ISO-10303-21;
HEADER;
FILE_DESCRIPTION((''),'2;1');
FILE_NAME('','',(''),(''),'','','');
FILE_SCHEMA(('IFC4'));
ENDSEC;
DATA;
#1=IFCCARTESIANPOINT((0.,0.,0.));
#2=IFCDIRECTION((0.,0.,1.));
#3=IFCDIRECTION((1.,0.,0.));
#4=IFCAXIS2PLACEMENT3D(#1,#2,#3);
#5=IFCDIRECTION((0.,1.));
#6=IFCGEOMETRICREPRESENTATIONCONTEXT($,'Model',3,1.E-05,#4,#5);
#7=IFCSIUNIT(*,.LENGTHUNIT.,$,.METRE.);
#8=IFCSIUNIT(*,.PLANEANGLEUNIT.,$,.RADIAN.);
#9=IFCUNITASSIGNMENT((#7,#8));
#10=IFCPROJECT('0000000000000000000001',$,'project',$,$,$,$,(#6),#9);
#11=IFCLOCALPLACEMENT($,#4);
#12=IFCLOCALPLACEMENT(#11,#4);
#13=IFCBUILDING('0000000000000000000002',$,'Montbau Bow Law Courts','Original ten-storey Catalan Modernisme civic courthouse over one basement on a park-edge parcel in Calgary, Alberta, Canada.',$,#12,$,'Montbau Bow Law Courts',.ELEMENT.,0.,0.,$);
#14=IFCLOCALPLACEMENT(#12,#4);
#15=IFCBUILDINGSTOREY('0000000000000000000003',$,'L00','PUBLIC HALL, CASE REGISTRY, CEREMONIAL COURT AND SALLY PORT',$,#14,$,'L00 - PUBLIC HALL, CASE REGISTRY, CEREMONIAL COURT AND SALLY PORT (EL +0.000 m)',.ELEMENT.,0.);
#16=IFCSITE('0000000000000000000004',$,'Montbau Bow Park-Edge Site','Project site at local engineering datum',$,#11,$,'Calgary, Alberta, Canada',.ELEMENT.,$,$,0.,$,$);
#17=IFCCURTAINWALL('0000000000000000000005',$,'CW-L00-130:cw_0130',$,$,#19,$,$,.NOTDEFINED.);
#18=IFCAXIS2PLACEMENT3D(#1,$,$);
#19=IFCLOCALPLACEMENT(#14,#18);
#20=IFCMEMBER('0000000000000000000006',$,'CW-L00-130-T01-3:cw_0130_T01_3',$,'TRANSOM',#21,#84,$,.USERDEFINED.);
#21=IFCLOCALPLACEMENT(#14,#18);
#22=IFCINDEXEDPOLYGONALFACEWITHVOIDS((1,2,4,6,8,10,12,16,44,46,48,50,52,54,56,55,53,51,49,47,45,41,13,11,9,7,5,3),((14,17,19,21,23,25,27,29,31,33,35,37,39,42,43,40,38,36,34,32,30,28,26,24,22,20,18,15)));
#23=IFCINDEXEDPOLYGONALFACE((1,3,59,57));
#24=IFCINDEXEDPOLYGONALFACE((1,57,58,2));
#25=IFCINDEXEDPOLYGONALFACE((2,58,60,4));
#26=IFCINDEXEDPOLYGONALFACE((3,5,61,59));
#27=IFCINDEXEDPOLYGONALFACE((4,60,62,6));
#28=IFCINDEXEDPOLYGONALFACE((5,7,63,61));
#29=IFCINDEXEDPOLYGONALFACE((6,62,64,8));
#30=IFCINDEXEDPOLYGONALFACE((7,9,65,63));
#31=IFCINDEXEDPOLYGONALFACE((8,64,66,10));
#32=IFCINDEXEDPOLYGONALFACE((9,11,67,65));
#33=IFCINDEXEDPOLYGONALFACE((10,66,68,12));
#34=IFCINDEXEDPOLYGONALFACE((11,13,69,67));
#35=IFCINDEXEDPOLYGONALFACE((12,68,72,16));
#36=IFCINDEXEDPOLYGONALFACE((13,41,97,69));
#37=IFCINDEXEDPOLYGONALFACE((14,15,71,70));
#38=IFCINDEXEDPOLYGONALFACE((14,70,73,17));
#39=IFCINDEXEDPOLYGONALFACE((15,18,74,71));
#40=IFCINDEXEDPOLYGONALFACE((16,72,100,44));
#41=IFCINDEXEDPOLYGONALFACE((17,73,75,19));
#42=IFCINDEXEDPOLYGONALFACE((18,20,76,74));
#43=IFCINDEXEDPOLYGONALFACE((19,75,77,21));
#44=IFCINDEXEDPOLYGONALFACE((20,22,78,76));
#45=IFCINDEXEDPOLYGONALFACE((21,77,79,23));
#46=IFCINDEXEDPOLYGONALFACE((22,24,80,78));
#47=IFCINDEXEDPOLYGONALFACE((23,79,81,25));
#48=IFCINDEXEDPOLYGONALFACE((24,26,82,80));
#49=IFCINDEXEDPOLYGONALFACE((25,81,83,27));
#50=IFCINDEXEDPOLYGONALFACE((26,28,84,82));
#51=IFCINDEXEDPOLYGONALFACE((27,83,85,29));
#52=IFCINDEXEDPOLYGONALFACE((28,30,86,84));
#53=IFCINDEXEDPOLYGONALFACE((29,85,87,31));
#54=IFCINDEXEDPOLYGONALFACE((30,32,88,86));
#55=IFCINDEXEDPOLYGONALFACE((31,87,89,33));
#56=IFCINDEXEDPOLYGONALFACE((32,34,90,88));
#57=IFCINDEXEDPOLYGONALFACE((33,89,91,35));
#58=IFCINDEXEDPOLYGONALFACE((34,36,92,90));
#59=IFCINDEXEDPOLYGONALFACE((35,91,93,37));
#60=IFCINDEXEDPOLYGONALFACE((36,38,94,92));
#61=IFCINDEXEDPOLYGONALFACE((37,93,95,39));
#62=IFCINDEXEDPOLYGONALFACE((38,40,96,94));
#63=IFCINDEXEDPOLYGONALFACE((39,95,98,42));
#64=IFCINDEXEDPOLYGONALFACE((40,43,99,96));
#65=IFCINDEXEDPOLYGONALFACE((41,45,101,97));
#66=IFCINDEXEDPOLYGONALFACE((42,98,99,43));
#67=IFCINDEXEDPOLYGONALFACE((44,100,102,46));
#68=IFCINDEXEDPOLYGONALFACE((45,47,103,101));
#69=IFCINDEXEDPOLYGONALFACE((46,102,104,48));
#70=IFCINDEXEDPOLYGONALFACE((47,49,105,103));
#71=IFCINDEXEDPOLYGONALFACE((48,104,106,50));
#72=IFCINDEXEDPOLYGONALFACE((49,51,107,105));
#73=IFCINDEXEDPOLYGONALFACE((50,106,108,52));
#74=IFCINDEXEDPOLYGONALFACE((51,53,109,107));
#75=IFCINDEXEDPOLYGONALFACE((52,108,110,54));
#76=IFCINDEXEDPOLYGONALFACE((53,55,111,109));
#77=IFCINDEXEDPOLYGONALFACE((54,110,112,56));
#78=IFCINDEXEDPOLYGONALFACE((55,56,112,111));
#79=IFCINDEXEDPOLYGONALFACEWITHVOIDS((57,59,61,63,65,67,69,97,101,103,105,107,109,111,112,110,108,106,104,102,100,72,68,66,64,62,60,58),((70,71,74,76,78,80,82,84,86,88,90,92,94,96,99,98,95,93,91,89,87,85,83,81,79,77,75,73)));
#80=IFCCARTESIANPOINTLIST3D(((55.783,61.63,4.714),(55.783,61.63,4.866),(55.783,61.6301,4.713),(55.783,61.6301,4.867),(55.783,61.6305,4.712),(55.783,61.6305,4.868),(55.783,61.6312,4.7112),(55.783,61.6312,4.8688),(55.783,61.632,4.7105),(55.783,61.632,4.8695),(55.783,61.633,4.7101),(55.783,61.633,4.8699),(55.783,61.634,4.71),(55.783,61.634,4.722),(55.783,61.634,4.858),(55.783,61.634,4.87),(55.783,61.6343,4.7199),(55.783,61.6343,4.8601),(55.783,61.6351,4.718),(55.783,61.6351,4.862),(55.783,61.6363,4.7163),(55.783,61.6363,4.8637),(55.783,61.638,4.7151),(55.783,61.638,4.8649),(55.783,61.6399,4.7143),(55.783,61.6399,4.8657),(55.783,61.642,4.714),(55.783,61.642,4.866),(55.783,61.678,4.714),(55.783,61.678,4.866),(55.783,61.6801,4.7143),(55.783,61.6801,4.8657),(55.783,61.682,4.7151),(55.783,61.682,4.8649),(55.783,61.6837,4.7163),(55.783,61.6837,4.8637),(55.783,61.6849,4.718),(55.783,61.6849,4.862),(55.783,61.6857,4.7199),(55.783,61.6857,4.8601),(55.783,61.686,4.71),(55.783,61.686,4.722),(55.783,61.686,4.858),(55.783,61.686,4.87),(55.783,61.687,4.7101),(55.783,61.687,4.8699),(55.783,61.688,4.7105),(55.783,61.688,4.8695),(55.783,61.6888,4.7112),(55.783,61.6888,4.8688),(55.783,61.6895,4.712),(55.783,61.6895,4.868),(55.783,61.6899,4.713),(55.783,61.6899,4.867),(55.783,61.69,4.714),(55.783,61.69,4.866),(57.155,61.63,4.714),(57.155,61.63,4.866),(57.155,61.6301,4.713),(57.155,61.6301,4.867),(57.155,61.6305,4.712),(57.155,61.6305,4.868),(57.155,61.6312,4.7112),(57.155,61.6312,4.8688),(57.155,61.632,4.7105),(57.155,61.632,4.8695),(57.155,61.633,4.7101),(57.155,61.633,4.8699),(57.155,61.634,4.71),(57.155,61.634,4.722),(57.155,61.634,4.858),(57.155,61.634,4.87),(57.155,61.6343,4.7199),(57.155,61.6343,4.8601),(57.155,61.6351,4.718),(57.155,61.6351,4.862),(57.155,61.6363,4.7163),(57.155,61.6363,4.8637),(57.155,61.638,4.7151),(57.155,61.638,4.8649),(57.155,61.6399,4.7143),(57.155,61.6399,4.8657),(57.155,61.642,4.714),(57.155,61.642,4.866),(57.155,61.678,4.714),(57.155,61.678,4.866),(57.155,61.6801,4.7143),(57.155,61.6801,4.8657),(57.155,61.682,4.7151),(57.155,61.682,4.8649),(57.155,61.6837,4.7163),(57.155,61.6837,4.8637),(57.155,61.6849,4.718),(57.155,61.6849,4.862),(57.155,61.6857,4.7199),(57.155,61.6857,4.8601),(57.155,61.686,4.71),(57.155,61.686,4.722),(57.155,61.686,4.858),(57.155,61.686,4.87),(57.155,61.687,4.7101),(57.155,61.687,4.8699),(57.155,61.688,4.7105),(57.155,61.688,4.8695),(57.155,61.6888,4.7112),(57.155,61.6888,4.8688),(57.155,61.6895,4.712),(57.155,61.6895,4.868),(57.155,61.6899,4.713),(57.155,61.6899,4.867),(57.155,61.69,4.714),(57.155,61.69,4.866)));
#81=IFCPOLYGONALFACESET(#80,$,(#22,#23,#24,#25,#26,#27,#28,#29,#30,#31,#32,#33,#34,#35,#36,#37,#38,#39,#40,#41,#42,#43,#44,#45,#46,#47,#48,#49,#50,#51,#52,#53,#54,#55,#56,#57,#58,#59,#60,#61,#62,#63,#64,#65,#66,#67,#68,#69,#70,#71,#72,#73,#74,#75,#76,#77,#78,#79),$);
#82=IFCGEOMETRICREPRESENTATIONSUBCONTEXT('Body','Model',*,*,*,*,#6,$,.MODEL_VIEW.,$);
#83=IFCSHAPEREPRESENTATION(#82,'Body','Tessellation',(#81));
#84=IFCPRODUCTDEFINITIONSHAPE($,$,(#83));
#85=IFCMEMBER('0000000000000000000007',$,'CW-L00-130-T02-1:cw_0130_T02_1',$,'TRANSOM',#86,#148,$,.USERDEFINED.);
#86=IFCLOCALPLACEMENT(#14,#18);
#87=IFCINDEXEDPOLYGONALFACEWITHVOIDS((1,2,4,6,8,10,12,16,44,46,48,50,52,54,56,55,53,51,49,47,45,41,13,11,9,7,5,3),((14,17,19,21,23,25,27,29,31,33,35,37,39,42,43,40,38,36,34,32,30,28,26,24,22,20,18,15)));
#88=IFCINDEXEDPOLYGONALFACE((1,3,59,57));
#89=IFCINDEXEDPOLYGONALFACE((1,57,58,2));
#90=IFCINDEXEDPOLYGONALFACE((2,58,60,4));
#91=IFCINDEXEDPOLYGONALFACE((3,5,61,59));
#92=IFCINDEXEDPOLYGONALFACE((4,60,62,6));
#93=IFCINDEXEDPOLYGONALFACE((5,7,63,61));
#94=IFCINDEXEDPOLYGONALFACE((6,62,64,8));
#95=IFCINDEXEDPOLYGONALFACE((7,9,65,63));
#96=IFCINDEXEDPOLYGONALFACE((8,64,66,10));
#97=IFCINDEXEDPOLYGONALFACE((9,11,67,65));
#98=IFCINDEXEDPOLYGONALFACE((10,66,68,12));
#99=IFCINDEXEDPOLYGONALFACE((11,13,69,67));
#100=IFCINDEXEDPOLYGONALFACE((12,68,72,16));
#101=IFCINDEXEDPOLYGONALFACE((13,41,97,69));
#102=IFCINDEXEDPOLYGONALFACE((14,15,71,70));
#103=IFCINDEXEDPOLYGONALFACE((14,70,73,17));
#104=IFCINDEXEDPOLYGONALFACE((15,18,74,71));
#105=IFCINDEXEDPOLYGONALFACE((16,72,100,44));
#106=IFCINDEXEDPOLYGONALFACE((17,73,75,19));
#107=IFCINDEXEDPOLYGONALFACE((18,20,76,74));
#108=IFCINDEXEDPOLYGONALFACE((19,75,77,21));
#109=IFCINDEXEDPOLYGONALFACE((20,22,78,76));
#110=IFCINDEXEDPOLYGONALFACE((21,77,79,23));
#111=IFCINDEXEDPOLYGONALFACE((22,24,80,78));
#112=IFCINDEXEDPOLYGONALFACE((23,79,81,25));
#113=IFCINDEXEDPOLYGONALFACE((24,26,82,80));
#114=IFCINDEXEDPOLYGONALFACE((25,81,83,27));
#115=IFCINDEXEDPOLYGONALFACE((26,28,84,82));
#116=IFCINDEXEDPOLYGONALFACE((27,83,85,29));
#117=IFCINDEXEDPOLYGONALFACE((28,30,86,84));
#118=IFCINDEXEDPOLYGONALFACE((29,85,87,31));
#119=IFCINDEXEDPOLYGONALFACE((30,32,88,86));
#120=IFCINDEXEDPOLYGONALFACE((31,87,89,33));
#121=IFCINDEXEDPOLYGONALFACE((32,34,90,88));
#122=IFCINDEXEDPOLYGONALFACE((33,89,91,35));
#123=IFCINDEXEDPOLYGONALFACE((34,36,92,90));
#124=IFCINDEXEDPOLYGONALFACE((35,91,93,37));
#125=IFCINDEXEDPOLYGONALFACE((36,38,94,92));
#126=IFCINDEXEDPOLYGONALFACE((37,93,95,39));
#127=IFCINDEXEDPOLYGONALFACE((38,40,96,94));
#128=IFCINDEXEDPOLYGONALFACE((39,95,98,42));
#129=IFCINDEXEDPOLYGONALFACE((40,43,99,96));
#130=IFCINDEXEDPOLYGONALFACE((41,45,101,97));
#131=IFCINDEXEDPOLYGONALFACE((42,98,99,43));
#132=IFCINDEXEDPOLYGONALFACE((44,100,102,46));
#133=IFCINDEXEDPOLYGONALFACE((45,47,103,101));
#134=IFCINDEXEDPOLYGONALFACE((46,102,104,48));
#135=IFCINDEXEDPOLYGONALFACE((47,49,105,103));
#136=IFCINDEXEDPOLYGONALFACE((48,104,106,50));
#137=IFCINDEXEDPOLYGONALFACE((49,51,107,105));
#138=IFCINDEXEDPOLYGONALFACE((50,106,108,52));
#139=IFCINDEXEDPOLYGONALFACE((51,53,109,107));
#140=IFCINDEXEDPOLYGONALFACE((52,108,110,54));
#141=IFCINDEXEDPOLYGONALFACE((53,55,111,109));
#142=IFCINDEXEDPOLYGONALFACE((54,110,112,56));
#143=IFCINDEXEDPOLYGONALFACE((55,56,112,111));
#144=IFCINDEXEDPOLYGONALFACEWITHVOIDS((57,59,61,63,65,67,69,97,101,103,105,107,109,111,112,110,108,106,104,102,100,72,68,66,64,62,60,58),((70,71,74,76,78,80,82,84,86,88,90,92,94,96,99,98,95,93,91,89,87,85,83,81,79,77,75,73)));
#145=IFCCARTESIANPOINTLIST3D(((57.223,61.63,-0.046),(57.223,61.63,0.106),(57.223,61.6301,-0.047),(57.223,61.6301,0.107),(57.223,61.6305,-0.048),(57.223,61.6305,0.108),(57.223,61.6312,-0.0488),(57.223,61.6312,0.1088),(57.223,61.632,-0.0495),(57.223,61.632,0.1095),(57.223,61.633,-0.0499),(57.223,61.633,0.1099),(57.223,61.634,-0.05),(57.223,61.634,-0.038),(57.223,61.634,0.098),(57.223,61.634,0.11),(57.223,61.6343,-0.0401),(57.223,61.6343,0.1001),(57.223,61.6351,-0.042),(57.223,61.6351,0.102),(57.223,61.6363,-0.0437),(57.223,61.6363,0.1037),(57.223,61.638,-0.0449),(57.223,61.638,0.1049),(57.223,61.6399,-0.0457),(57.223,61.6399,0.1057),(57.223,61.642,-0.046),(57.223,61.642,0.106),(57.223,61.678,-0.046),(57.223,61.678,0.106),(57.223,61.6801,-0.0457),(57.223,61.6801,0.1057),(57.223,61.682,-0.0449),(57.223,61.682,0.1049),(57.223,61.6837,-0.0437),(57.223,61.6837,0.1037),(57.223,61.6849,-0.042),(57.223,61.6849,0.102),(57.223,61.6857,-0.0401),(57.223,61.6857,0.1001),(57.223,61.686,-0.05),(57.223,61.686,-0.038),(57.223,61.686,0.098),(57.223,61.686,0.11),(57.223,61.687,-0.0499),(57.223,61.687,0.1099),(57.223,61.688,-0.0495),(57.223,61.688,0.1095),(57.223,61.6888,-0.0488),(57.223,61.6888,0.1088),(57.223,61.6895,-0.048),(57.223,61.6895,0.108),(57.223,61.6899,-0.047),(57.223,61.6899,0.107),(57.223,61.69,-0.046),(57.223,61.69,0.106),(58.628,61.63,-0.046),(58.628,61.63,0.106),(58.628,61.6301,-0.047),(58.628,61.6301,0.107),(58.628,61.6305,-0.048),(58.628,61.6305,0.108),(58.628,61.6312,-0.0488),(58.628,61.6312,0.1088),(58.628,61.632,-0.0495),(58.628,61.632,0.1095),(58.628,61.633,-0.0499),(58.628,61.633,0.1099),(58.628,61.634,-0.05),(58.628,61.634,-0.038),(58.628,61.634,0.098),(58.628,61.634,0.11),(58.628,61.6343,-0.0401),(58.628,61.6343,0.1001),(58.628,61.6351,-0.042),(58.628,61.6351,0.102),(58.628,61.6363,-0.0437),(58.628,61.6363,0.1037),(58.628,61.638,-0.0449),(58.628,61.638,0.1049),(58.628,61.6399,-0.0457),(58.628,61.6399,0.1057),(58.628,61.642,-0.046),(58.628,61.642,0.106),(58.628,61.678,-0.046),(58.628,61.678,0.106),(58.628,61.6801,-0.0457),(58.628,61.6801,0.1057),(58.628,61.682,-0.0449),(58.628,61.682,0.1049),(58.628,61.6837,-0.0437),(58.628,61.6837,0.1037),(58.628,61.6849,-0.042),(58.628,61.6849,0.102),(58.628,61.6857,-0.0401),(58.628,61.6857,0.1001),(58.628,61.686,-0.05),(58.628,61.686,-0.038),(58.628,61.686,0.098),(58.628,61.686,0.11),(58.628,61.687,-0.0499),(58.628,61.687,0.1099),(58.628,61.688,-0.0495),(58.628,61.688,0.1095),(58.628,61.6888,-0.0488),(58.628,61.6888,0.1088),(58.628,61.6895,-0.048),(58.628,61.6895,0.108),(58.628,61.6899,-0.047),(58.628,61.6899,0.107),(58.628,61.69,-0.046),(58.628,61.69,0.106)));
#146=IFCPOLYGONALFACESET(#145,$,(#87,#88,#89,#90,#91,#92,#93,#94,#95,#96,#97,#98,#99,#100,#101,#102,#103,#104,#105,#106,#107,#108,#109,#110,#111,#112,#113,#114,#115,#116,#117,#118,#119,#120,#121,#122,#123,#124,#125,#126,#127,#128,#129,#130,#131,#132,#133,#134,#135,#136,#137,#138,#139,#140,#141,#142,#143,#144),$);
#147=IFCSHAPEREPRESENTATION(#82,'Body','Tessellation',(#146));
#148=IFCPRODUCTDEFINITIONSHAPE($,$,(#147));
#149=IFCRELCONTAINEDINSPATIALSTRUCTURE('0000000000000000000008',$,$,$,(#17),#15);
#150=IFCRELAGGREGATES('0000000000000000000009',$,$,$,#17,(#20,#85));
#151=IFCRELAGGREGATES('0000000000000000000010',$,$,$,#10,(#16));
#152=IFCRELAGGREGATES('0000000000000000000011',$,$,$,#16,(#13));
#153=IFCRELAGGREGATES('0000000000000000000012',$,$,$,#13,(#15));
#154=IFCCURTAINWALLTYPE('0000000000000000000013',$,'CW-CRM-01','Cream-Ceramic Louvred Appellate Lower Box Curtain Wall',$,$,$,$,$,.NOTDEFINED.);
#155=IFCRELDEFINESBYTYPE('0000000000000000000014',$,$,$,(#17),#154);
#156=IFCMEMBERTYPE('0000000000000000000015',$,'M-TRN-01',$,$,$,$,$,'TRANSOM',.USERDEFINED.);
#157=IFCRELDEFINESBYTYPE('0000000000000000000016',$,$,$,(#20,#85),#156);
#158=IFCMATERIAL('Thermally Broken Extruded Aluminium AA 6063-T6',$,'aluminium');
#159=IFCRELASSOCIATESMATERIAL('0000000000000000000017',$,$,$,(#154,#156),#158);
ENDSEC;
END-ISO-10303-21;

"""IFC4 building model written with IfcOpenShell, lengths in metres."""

from ifc_helpers import new_model, si_unit, direction, frame, origin_with_axes, origin_2d_with_axis, place, context, subcontext, project, spatial, hollow_rectangle, extrude, material, material_profile, profile_set, type_object, element, aggregate, save


model = new_model("IFC4")

# Units and contexts
model_context = context("Model", 3, precision=1e-05, world=origin_with_axes(), true_north=direction((0.0, 1.0)))
body_context = subcontext(model_context, "Body", "Model", "MODEL_VIEW")
ifc_project = project(units=[si_unit("LENGTHUNIT", "METRE"), si_unit("PLANEANGLEUNIT", "RADIAN")], contexts=[model_context])

# Site, building, storey
site_placement = place(None, origin_with_axes())
site = spatial("IfcSite", under=ifc_project, at=site_placement, Name="Montbau Bow Park-Edge Site", Description="Project site at local engineering datum", LongName="Calgary, Alberta, Canada", CompositionType="ELEMENT", RefElevation=0.0)
building_placement = place(site_placement, origin_with_axes())
building = spatial("IfcBuilding", under=site, at=building_placement, Name="Montbau Bow Law Courts", Description="Original ten-storey Catalan Modernisme civic courthouse over one basement on a park-edge parcel in Calgary, Alberta, Canada.", LongName="Montbau Bow Law Courts", CompositionType="ELEMENT", ElevationOfRefHeight=0.0, ElevationOfTerrain=0.0)
storey_placement = place(building_placement, origin_with_axes())
storey = spatial("IfcBuildingStorey", under=building, at=storey_placement, Name="L00", Description="PUBLIC HALL, CASE REGISTRY, CEREMONIAL COURT AND SALLY PORT", LongName="L00 - PUBLIC HALL, CASE REGISTRY, CEREMONIAL COURT AND SALLY PORT (EL +0.000 m)", CompositionType="ELEMENT", Elevation=0.0)

# Curtain wall, members
ifc_material_1 = material(Name="Thermally Broken Extruded Aluminium AA 6063-T6", Category="aluminium")
curtain_wall_type = type_object("IfcCurtainWallType", Name="CW-CRM-01", Description="Cream-Ceramic Louvred Appellate Lower Box Curtain Wall", PredefinedType="NOTDEFINED", material=ifc_material_1)
curtain_wall_placement = place(None, frame((55.715, 61.66, 0.0), z_axis=(0.0, 0.0, 1.0), x_axis=(1.0, 0.0, 0.0)))
curtain_wall = element("IfcCurtainWall", 1, at=curtain_wall_placement, inside=storey, type_object=curtain_wall_type, Name="CW-L00-130:cw_0130", PredefinedType="NOTDEFINED")
ifc_material_profile_1 = material_profile(ifc_material_1, hollow_rectangle(XDim=0.06, YDim=0.16, WallThickness=0.004, InnerFilletRadius=0.008, OuterFilletRadius=0.004, at=origin_2d_with_axis()), Name="CWT-160X60", Category="Main", Priority=0)
ifc_profile_set_1 = profile_set([ifc_material_profile_1], Name="Thermally Broken Extruded Aluminium AA 6063-T6")
member_type_1 = type_object("IfcMemberType", Name="M-TRN-01", ElementType="TRANSOM", PredefinedType="USERDEFINED", material=ifc_profile_set_1)
member_1_placement = place(None, frame((55.783, 61.66, 4.79), z_axis=(1.0, 0.0, 0.0), x_axis=(0.0, 1.0, 0.0)))
member_1 = element("IfcMember", 2, at=member_1_placement, type_object=member_type_1, Name="CW-L00-130-T01-3:cw_0130_T01_3", ObjectType="TRANSOM", PredefinedType="USERDEFINED", context=body_context, shape_type="SweptSolid", body=[
    extrude(hollow_rectangle(XDim=0.06, YDim=0.16, WallThickness=0.004, InnerFilletRadius=0.008, OuterFilletRadius=0.004, at=origin_2d_with_axis()), origin_with_axes(), (0.0, 0.0, 1.0), 1.372),
])
member_2_placement = place(None, frame((57.223, 61.66, 0.03), z_axis=(1.0, 0.0, 0.0), x_axis=(0.0, 1.0, 0.0)))
member_2 = element("IfcMember", 3, at=member_2_placement, type_object=member_type_1, Name="CW-L00-130-T02-1:cw_0130_T02_1", ObjectType="TRANSOM", PredefinedType="USERDEFINED", context=body_context, shape_type="SweptSolid", body=[
    extrude(hollow_rectangle(XDim=0.06, YDim=0.16, WallThickness=0.004, InnerFilletRadius=0.008, OuterFilletRadius=0.004, at=origin_2d_with_axis()), origin_with_axes(), (0.0, 0.0, 1.0), 1.405),
])
aggregate(curtain_wall, [member_1, member_2])

save(model, "model.ifc")
